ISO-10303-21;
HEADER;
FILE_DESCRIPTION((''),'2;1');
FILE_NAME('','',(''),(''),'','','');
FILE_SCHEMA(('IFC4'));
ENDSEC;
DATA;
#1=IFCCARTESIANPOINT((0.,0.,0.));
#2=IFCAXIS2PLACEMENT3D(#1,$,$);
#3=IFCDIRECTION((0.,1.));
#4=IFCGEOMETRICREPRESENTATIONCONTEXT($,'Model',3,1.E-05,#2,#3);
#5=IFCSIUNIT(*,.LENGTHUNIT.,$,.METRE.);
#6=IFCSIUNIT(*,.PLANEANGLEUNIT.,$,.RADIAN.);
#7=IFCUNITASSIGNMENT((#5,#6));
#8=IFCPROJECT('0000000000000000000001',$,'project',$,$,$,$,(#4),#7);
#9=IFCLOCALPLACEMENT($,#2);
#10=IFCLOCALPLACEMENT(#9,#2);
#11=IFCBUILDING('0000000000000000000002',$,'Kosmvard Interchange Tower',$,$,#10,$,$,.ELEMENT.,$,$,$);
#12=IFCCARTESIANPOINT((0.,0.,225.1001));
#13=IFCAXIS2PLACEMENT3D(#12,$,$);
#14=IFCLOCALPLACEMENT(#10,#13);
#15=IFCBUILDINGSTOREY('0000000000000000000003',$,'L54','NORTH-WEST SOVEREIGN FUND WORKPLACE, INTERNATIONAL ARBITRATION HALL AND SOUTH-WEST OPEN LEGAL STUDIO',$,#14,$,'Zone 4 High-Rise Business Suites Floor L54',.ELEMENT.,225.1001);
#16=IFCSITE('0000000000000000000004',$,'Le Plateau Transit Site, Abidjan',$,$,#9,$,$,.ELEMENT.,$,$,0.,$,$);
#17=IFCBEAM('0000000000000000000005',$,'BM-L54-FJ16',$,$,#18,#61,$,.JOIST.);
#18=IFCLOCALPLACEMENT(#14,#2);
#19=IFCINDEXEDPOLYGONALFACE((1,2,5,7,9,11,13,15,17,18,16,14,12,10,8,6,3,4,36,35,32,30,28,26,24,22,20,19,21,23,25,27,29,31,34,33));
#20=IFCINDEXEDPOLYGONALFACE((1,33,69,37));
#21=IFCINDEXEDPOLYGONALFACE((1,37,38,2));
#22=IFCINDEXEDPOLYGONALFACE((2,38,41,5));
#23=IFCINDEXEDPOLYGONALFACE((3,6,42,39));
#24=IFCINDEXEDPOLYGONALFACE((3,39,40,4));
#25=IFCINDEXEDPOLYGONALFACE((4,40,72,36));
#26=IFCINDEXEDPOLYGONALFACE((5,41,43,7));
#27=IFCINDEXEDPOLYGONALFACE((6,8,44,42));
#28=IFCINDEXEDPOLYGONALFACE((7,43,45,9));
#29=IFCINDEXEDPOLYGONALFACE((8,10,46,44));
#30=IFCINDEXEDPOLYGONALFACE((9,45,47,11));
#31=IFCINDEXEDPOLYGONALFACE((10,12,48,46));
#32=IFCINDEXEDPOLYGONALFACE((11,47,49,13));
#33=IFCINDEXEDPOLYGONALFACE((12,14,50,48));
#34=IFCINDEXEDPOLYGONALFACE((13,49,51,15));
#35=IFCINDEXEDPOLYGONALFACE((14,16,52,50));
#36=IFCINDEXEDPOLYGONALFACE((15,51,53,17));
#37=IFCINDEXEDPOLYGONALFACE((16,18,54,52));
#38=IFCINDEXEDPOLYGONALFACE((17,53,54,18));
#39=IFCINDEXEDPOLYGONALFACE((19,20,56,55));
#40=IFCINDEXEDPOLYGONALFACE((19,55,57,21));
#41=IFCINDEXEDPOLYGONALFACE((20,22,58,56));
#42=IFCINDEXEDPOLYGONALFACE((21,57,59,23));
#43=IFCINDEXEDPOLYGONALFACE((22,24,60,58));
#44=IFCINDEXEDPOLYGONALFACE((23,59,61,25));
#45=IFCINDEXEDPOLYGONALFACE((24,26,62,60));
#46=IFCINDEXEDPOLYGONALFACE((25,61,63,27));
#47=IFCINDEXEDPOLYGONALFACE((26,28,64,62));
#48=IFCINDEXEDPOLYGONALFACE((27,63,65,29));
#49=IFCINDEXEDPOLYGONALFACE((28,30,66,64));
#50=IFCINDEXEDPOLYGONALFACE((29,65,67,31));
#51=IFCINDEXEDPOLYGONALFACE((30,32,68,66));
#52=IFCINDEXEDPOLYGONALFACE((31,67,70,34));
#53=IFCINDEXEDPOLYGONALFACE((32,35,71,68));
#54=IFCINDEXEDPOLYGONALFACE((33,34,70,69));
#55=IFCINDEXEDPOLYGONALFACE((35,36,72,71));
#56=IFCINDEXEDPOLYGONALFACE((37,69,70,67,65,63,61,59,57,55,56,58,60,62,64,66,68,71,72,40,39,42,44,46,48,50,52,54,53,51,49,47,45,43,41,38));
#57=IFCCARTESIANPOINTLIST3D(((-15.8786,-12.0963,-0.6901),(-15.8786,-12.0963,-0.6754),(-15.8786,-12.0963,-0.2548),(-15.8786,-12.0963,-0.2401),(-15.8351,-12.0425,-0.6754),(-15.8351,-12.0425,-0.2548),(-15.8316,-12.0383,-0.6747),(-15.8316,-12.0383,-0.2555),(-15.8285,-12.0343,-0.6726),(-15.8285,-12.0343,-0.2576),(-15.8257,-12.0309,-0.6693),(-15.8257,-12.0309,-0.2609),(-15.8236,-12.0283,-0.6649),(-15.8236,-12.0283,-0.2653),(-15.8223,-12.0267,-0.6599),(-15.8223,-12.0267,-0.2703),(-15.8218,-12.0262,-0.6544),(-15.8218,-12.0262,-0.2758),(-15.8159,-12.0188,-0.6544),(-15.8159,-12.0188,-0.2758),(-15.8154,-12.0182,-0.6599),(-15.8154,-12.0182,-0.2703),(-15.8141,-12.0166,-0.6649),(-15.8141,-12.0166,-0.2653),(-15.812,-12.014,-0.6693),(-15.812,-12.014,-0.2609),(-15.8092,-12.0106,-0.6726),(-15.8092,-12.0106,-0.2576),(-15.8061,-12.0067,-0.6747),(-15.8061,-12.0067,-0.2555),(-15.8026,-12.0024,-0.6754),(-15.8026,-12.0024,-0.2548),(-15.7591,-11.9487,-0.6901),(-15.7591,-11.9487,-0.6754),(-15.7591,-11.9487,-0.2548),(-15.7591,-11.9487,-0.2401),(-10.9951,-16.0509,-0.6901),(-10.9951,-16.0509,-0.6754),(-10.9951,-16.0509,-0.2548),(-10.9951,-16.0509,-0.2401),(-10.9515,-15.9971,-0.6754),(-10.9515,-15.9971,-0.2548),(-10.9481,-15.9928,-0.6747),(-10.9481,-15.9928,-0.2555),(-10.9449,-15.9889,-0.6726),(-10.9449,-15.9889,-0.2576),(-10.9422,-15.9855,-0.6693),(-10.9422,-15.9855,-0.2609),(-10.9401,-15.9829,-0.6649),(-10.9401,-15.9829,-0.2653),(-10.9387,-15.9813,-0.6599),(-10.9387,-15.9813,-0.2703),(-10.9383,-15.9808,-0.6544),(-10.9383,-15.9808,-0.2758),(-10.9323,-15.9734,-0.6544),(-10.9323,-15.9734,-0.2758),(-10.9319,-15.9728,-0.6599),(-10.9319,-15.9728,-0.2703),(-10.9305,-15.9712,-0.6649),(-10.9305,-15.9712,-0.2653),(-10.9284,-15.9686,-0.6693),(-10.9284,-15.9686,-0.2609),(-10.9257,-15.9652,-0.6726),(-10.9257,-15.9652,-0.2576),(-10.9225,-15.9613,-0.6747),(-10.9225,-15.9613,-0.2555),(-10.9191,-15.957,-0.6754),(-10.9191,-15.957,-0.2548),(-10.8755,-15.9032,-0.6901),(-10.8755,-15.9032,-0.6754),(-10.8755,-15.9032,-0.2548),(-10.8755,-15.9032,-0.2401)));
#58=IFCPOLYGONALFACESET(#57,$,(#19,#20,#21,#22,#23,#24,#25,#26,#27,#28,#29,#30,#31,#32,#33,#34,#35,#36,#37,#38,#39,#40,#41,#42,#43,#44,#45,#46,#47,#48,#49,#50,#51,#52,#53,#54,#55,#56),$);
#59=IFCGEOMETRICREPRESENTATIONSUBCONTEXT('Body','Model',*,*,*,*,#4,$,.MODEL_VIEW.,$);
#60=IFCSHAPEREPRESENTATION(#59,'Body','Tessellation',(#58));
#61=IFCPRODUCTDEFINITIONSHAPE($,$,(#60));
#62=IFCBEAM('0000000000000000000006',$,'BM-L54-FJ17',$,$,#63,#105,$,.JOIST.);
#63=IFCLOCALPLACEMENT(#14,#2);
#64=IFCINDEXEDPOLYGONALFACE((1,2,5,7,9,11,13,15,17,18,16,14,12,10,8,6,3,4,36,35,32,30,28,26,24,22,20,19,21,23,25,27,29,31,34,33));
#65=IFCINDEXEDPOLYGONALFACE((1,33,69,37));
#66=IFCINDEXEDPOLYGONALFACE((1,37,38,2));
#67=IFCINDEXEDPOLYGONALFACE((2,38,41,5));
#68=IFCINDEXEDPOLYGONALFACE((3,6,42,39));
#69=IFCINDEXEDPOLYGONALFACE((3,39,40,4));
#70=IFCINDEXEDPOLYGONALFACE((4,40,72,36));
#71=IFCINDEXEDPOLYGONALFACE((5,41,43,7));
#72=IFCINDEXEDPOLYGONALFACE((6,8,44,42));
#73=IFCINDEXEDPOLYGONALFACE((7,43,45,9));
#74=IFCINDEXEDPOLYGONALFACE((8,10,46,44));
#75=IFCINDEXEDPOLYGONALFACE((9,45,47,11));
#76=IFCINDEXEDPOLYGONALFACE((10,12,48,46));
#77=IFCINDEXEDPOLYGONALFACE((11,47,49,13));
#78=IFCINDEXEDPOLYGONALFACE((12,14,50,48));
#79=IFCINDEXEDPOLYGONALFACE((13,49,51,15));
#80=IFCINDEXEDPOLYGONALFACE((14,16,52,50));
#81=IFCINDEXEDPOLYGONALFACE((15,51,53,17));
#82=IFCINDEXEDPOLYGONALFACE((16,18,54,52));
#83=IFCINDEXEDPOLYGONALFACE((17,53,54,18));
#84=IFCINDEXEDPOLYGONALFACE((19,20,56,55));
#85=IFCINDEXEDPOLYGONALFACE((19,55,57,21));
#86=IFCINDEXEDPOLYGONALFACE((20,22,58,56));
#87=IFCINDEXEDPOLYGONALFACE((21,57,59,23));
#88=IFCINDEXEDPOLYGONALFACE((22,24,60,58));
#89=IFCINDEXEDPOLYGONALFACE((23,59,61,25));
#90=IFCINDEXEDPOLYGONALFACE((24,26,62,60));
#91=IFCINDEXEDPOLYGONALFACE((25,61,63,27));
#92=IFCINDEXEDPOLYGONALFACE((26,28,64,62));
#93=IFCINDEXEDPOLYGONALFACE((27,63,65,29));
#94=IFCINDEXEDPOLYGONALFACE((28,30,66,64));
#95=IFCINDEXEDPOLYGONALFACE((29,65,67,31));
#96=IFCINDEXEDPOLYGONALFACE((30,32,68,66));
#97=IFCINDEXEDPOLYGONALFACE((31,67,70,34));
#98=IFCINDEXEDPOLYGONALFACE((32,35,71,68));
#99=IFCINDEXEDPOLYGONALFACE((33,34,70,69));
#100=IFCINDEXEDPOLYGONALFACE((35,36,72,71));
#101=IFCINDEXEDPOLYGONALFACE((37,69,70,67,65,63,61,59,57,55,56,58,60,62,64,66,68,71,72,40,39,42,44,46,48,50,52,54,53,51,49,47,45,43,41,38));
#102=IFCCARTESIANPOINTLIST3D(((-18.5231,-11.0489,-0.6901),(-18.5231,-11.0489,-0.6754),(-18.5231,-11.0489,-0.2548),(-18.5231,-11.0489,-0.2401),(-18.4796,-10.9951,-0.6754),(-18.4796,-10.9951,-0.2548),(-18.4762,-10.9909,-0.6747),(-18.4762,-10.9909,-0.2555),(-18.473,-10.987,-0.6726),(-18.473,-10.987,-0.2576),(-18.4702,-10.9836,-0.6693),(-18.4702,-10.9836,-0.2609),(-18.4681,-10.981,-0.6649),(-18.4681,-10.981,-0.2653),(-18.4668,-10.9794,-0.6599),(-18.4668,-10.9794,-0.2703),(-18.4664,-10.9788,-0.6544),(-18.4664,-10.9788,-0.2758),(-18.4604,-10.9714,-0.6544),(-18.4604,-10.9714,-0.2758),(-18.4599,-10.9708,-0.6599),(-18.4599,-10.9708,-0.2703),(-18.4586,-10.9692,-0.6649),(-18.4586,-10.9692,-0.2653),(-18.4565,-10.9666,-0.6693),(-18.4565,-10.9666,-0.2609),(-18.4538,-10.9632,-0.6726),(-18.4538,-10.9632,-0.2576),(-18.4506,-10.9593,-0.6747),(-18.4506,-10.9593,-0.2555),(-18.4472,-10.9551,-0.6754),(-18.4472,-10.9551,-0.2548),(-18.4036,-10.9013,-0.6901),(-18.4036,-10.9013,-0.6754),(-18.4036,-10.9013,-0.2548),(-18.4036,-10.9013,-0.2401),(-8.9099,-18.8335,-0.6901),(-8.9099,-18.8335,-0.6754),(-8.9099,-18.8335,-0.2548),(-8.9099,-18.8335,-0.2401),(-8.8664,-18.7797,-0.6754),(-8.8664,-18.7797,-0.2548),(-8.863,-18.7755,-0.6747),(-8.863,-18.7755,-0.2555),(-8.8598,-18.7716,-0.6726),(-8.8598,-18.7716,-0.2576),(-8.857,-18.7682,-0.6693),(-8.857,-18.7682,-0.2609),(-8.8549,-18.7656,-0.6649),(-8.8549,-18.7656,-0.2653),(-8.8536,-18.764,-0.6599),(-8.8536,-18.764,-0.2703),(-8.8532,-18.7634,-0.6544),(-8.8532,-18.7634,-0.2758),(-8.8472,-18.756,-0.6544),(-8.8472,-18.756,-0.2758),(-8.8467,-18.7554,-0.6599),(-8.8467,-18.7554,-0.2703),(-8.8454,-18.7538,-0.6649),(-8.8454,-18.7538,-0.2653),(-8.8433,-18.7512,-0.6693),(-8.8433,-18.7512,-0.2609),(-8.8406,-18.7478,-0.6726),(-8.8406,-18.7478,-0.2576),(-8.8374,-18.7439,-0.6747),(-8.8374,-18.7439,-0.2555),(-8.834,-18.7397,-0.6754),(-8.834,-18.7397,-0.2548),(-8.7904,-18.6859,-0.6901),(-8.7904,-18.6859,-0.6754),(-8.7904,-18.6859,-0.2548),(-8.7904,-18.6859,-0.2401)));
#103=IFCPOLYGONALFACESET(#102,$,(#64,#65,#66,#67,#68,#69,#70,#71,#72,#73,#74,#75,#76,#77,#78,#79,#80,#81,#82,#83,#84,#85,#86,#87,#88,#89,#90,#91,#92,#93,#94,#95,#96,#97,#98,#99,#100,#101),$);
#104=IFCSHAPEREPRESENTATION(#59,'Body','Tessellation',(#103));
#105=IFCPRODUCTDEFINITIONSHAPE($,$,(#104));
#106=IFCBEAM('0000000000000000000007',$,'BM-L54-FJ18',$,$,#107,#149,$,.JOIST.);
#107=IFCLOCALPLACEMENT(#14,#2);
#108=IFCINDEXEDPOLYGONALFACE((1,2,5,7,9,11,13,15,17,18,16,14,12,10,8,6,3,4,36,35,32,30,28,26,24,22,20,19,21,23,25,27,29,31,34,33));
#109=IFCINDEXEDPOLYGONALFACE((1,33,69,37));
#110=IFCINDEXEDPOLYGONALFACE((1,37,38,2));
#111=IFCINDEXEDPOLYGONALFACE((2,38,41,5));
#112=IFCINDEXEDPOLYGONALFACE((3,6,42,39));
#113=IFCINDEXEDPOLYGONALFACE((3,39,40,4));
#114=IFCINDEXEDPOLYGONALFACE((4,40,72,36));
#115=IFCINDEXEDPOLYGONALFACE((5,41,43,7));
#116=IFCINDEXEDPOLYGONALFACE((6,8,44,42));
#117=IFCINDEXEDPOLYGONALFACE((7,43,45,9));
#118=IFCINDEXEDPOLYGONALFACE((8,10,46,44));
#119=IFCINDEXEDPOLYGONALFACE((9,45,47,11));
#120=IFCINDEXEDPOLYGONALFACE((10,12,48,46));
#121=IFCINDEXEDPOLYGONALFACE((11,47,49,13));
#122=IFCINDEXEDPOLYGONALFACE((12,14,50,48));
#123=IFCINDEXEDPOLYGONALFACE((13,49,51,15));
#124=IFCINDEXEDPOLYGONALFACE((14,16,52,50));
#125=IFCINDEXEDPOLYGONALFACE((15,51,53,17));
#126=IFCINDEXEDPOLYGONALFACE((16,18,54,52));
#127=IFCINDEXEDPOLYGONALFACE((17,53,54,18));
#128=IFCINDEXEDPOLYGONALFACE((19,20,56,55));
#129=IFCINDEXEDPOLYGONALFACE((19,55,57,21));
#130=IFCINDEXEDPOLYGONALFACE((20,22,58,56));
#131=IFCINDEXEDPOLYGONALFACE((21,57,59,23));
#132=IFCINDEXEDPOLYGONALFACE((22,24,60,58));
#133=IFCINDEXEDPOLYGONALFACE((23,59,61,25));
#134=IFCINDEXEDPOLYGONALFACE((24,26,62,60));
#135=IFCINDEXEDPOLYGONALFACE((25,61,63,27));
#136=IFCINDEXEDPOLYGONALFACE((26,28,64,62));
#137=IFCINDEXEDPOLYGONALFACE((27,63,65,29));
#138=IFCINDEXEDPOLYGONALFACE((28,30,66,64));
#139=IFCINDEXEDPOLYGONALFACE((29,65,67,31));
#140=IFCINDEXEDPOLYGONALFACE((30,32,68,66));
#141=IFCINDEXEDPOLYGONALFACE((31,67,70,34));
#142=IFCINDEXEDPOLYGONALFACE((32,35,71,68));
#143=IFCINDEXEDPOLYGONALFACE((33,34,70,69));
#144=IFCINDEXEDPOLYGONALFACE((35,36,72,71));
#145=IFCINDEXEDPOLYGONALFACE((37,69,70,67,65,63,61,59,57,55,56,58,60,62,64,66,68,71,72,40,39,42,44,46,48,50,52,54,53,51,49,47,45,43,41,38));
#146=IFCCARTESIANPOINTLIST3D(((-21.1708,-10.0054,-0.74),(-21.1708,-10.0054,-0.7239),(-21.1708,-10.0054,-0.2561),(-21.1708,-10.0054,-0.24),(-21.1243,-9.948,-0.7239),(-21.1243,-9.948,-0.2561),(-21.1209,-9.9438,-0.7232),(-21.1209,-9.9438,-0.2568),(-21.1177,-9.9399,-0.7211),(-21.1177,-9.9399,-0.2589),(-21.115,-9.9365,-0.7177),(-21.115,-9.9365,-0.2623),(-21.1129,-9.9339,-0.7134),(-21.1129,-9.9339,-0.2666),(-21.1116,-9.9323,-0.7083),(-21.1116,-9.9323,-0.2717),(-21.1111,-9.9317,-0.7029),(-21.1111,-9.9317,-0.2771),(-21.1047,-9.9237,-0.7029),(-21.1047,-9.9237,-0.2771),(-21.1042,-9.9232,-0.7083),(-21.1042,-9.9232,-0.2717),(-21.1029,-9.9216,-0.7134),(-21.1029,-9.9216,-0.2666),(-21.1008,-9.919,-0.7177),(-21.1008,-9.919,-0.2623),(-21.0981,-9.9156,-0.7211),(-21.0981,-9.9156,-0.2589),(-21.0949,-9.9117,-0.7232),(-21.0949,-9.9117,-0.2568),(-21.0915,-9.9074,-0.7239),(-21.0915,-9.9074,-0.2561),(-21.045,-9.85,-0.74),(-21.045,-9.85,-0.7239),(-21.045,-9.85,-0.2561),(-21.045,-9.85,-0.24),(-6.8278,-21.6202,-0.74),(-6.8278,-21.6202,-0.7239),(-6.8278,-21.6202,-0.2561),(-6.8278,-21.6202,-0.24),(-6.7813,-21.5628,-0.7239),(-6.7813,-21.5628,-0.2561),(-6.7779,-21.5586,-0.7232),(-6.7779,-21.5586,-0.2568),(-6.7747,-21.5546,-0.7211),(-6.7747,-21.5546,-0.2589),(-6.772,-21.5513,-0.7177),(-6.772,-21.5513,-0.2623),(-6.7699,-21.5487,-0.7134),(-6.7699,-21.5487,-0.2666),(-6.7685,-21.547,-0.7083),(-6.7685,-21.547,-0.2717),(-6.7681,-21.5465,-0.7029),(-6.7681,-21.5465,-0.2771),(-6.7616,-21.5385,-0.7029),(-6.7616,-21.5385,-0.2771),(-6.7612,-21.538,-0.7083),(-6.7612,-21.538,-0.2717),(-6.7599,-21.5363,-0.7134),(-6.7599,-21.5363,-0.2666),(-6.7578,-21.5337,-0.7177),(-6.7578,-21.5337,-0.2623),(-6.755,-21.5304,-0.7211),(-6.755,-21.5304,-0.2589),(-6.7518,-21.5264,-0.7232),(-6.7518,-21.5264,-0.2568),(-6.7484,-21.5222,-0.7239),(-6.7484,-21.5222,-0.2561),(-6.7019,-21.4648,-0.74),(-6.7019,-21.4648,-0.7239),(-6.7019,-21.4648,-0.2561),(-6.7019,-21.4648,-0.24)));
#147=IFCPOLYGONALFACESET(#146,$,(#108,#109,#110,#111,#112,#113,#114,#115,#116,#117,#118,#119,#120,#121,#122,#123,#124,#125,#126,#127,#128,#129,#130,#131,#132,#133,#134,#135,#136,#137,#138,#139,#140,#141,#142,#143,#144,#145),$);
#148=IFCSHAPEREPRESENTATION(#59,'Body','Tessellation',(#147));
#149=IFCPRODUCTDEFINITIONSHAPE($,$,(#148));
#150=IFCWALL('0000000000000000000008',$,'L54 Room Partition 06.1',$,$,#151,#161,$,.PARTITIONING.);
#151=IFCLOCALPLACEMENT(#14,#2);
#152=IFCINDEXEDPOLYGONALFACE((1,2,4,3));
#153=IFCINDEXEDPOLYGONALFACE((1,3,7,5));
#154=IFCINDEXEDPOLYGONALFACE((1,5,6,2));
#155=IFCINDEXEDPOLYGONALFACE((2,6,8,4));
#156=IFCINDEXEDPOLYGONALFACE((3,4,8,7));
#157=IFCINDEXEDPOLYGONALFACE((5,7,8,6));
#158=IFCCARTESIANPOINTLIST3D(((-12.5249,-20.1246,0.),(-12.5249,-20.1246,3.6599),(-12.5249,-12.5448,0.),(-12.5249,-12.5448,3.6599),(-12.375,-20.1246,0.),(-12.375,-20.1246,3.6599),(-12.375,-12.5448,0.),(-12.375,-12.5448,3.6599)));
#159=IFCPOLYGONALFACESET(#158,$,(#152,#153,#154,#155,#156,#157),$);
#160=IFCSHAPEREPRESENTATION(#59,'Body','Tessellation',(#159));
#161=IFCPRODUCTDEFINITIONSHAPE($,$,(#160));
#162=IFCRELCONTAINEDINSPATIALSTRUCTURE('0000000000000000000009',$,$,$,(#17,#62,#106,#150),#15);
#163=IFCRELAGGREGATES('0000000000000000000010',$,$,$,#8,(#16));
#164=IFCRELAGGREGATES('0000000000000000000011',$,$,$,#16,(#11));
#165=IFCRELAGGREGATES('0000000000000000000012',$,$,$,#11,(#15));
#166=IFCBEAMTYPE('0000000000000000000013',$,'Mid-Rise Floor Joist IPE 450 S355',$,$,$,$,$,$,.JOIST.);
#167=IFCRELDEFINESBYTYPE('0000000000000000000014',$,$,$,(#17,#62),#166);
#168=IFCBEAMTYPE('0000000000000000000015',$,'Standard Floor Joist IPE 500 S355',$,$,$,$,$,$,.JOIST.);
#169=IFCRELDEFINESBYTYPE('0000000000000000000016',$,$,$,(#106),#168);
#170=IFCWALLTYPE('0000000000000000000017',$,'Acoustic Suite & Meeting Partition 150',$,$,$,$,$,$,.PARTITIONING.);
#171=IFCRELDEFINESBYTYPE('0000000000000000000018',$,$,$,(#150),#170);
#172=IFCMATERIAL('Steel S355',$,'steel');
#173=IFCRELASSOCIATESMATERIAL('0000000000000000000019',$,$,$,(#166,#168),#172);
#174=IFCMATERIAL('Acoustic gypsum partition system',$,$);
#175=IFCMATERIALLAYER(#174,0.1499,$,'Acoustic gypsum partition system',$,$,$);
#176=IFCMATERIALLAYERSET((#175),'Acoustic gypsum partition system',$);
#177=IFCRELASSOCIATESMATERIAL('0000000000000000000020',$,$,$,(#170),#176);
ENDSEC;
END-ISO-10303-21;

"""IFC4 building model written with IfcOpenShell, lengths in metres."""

from ifc_helpers import new_model, si_unit, direction, frame, frame_2d, origin, origin_2d, place, context, subcontext, project, spatial, rectangle, i_section, extrude, source, transform, mapped, material, layer, layer_set, material_profile, profile_set, type_object, element, save


model = new_model("IFC4")

# Units and contexts
model_context = context("Model", 3, precision=1e-05, world=origin(), true_north=direction((0.0, 1.0)))
body_context = subcontext(model_context, "Body", "Model", "MODEL_VIEW")
ifc_project = project(units=[si_unit("LENGTHUNIT", "METRE"), si_unit("PLANEANGLEUNIT", "RADIAN")], contexts=[model_context])

# Site, building, storey
site_placement = place(None, origin())
site = spatial("IfcSite", under=ifc_project, at=site_placement, Name="Le Plateau Transit Site, Abidjan", CompositionType="ELEMENT", RefElevation=0.0)
building_placement = place(site_placement, origin())
building = spatial("IfcBuilding", under=site, at=building_placement, Name="Kosmvard Interchange Tower", CompositionType="ELEMENT")
storey_placement = place(building_placement, frame((0.0, 0.0, 225.1001)))
storey = spatial("IfcBuildingStorey", under=building, at=storey_placement, Name="L54", Description="NORTH-WEST SOVEREIGN FUND WORKPLACE, INTERNATIONAL ARBITRATION HALL AND SOUTH-WEST OPEN LEGAL STUDIO", LongName="Zone 4 High-Rise Business Suites Floor L54", CompositionType="ELEMENT", Elevation=225.1001)

# Beams
ifc_material_1 = material(Name="Steel S355", Category="steel")
ifc_material_profile_1 = material_profile(ifc_material_1, i_section(OverallWidth=0.1899, OverallDepth=0.45, WebThickness=0.0095, FlangeThickness=0.0146, FilletRadius=0.021, at=origin_2d()), Name="IPE 450")
ifc_profile_set_1 = profile_set([ifc_material_profile_1], Name="Steel S355")
beam_type_1 = type_object("IfcBeamType", Name="Mid-Rise Floor Joist IPE 450 S355", PredefinedType="JOIST", material=ifc_profile_set_1)
shared_shape_1 = source(origin(), body_context, "Body", "SweptSolid", [
    extrude(i_section(OverallWidth=0.1899, OverallDepth=0.45, WebThickness=0.0095, FlangeThickness=0.0146, FilletRadius=0.021, at=origin_2d()), origin(), (0.0, 0.0, 1.0), 6.2839),
])
beam_1_placement = place(storey_placement, frame((-15.8188, -12.0225, -0.4651), z_axis=(0.777148, -0.629318, 0.0), x_axis=(0.629318, 0.777148, 0.0)))
element("IfcBeam", 1, at=beam_1_placement, inside=storey, type_object=beam_type_1, Name="BM-L54-FJ16", PredefinedType="JOIST", context=body_context, shape_type="MappedRepresentation", body=[
    mapped(shared_shape_1, transform((0.0, 0.0, 0.0), scale=1.0)),
])
shared_shape_2 = source(origin(), body_context, "Body", "SweptSolid", [
    extrude(i_section(OverallWidth=0.1899, OverallDepth=0.45, WebThickness=0.0095, FlangeThickness=0.0146, FilletRadius=0.021, at=origin_2d()), origin(), (0.0, 0.0, 1.0), 12.3699),
])
beam_2_placement = place(storey_placement, frame((-18.4634, -10.9751, -0.4651), z_axis=(0.777147, -0.62932, 0.0), x_axis=(0.62932, 0.777147, 0.0)))
element("IfcBeam", 2, at=beam_2_placement, inside=storey, type_object=beam_type_1, Name="BM-L54-FJ17", PredefinedType="JOIST", context=body_context, shape_type="MappedRepresentation", body=[
    mapped(shared_shape_2, transform((0.0, 0.0, 0.0), scale=1.0)),
])
ifc_material_profile_2 = material_profile(ifc_material_1, i_section(OverallWidth=0.2, OverallDepth=0.5, WebThickness=0.0103, FlangeThickness=0.0161, FilletRadius=0.021, at=origin_2d()), Name="IPE 500")
ifc_profile_set_2 = profile_set([ifc_material_profile_2], Name="Steel S355")
beam_type_2 = type_object("IfcBeamType", Name="Standard Floor Joist IPE 500 S355", PredefinedType="JOIST", material=ifc_profile_set_2)
shared_shape_3 = source(origin(), body_context, "Body", "SweptSolid", [
    extrude(i_section(OverallWidth=0.2, OverallDepth=0.5, WebThickness=0.0103, FlangeThickness=0.0161, FilletRadius=0.021, at=origin_2d()), origin(), (0.0, 0.0, 1.0), 18.4561),
])
beam_3_placement = place(storey_placement, frame((-21.1079, -9.9277, -0.49), z_axis=(0.777146, -0.62932, 0.0), x_axis=(0.62932, 0.777146, 0.0)))
element("IfcBeam", 3, at=beam_3_placement, inside=storey, type_object=beam_type_2, Name="BM-L54-FJ18", PredefinedType="JOIST", context=body_context, shape_type="MappedRepresentation", body=[
    mapped(shared_shape_3, transform((0.0, 0.0, 0.0), scale=1.0)),
])

# Wall
ifc_material_2 = material(Name="Acoustic gypsum partition system")
ifc_layer_1 = layer(ifc_material_2, 0.1499, Name="Acoustic gypsum partition system")
ifc_layer_set_1 = layer_set([ifc_layer_1], Name="Acoustic gypsum partition system")
wall_type_1 = type_object("IfcWallType", Name="Acoustic Suite & Meeting Partition 150", PredefinedType="PARTITIONING", material=ifc_layer_set_1)
wall_1_placement = place(storey_placement, frame((-12.45, -20.1248, 0.0), z_axis=(0.0, 0.0, 1.0), x_axis=(0.0, 1.0, 0.0)))
element("IfcWall", 4, at=wall_1_placement, inside=storey, type_object=wall_type_1, Name="L54 Room Partition 06.1", PredefinedType="PARTITIONING", context=body_context, shape_type="SweptSolid", body=[
    extrude(rectangle(XDim=7.5798, YDim=0.1499, at=frame_2d((3.79, 0.0))), origin(), (0.0, 0.0, 1.0), 3.6599),
])

save(model, "model.ifc")
